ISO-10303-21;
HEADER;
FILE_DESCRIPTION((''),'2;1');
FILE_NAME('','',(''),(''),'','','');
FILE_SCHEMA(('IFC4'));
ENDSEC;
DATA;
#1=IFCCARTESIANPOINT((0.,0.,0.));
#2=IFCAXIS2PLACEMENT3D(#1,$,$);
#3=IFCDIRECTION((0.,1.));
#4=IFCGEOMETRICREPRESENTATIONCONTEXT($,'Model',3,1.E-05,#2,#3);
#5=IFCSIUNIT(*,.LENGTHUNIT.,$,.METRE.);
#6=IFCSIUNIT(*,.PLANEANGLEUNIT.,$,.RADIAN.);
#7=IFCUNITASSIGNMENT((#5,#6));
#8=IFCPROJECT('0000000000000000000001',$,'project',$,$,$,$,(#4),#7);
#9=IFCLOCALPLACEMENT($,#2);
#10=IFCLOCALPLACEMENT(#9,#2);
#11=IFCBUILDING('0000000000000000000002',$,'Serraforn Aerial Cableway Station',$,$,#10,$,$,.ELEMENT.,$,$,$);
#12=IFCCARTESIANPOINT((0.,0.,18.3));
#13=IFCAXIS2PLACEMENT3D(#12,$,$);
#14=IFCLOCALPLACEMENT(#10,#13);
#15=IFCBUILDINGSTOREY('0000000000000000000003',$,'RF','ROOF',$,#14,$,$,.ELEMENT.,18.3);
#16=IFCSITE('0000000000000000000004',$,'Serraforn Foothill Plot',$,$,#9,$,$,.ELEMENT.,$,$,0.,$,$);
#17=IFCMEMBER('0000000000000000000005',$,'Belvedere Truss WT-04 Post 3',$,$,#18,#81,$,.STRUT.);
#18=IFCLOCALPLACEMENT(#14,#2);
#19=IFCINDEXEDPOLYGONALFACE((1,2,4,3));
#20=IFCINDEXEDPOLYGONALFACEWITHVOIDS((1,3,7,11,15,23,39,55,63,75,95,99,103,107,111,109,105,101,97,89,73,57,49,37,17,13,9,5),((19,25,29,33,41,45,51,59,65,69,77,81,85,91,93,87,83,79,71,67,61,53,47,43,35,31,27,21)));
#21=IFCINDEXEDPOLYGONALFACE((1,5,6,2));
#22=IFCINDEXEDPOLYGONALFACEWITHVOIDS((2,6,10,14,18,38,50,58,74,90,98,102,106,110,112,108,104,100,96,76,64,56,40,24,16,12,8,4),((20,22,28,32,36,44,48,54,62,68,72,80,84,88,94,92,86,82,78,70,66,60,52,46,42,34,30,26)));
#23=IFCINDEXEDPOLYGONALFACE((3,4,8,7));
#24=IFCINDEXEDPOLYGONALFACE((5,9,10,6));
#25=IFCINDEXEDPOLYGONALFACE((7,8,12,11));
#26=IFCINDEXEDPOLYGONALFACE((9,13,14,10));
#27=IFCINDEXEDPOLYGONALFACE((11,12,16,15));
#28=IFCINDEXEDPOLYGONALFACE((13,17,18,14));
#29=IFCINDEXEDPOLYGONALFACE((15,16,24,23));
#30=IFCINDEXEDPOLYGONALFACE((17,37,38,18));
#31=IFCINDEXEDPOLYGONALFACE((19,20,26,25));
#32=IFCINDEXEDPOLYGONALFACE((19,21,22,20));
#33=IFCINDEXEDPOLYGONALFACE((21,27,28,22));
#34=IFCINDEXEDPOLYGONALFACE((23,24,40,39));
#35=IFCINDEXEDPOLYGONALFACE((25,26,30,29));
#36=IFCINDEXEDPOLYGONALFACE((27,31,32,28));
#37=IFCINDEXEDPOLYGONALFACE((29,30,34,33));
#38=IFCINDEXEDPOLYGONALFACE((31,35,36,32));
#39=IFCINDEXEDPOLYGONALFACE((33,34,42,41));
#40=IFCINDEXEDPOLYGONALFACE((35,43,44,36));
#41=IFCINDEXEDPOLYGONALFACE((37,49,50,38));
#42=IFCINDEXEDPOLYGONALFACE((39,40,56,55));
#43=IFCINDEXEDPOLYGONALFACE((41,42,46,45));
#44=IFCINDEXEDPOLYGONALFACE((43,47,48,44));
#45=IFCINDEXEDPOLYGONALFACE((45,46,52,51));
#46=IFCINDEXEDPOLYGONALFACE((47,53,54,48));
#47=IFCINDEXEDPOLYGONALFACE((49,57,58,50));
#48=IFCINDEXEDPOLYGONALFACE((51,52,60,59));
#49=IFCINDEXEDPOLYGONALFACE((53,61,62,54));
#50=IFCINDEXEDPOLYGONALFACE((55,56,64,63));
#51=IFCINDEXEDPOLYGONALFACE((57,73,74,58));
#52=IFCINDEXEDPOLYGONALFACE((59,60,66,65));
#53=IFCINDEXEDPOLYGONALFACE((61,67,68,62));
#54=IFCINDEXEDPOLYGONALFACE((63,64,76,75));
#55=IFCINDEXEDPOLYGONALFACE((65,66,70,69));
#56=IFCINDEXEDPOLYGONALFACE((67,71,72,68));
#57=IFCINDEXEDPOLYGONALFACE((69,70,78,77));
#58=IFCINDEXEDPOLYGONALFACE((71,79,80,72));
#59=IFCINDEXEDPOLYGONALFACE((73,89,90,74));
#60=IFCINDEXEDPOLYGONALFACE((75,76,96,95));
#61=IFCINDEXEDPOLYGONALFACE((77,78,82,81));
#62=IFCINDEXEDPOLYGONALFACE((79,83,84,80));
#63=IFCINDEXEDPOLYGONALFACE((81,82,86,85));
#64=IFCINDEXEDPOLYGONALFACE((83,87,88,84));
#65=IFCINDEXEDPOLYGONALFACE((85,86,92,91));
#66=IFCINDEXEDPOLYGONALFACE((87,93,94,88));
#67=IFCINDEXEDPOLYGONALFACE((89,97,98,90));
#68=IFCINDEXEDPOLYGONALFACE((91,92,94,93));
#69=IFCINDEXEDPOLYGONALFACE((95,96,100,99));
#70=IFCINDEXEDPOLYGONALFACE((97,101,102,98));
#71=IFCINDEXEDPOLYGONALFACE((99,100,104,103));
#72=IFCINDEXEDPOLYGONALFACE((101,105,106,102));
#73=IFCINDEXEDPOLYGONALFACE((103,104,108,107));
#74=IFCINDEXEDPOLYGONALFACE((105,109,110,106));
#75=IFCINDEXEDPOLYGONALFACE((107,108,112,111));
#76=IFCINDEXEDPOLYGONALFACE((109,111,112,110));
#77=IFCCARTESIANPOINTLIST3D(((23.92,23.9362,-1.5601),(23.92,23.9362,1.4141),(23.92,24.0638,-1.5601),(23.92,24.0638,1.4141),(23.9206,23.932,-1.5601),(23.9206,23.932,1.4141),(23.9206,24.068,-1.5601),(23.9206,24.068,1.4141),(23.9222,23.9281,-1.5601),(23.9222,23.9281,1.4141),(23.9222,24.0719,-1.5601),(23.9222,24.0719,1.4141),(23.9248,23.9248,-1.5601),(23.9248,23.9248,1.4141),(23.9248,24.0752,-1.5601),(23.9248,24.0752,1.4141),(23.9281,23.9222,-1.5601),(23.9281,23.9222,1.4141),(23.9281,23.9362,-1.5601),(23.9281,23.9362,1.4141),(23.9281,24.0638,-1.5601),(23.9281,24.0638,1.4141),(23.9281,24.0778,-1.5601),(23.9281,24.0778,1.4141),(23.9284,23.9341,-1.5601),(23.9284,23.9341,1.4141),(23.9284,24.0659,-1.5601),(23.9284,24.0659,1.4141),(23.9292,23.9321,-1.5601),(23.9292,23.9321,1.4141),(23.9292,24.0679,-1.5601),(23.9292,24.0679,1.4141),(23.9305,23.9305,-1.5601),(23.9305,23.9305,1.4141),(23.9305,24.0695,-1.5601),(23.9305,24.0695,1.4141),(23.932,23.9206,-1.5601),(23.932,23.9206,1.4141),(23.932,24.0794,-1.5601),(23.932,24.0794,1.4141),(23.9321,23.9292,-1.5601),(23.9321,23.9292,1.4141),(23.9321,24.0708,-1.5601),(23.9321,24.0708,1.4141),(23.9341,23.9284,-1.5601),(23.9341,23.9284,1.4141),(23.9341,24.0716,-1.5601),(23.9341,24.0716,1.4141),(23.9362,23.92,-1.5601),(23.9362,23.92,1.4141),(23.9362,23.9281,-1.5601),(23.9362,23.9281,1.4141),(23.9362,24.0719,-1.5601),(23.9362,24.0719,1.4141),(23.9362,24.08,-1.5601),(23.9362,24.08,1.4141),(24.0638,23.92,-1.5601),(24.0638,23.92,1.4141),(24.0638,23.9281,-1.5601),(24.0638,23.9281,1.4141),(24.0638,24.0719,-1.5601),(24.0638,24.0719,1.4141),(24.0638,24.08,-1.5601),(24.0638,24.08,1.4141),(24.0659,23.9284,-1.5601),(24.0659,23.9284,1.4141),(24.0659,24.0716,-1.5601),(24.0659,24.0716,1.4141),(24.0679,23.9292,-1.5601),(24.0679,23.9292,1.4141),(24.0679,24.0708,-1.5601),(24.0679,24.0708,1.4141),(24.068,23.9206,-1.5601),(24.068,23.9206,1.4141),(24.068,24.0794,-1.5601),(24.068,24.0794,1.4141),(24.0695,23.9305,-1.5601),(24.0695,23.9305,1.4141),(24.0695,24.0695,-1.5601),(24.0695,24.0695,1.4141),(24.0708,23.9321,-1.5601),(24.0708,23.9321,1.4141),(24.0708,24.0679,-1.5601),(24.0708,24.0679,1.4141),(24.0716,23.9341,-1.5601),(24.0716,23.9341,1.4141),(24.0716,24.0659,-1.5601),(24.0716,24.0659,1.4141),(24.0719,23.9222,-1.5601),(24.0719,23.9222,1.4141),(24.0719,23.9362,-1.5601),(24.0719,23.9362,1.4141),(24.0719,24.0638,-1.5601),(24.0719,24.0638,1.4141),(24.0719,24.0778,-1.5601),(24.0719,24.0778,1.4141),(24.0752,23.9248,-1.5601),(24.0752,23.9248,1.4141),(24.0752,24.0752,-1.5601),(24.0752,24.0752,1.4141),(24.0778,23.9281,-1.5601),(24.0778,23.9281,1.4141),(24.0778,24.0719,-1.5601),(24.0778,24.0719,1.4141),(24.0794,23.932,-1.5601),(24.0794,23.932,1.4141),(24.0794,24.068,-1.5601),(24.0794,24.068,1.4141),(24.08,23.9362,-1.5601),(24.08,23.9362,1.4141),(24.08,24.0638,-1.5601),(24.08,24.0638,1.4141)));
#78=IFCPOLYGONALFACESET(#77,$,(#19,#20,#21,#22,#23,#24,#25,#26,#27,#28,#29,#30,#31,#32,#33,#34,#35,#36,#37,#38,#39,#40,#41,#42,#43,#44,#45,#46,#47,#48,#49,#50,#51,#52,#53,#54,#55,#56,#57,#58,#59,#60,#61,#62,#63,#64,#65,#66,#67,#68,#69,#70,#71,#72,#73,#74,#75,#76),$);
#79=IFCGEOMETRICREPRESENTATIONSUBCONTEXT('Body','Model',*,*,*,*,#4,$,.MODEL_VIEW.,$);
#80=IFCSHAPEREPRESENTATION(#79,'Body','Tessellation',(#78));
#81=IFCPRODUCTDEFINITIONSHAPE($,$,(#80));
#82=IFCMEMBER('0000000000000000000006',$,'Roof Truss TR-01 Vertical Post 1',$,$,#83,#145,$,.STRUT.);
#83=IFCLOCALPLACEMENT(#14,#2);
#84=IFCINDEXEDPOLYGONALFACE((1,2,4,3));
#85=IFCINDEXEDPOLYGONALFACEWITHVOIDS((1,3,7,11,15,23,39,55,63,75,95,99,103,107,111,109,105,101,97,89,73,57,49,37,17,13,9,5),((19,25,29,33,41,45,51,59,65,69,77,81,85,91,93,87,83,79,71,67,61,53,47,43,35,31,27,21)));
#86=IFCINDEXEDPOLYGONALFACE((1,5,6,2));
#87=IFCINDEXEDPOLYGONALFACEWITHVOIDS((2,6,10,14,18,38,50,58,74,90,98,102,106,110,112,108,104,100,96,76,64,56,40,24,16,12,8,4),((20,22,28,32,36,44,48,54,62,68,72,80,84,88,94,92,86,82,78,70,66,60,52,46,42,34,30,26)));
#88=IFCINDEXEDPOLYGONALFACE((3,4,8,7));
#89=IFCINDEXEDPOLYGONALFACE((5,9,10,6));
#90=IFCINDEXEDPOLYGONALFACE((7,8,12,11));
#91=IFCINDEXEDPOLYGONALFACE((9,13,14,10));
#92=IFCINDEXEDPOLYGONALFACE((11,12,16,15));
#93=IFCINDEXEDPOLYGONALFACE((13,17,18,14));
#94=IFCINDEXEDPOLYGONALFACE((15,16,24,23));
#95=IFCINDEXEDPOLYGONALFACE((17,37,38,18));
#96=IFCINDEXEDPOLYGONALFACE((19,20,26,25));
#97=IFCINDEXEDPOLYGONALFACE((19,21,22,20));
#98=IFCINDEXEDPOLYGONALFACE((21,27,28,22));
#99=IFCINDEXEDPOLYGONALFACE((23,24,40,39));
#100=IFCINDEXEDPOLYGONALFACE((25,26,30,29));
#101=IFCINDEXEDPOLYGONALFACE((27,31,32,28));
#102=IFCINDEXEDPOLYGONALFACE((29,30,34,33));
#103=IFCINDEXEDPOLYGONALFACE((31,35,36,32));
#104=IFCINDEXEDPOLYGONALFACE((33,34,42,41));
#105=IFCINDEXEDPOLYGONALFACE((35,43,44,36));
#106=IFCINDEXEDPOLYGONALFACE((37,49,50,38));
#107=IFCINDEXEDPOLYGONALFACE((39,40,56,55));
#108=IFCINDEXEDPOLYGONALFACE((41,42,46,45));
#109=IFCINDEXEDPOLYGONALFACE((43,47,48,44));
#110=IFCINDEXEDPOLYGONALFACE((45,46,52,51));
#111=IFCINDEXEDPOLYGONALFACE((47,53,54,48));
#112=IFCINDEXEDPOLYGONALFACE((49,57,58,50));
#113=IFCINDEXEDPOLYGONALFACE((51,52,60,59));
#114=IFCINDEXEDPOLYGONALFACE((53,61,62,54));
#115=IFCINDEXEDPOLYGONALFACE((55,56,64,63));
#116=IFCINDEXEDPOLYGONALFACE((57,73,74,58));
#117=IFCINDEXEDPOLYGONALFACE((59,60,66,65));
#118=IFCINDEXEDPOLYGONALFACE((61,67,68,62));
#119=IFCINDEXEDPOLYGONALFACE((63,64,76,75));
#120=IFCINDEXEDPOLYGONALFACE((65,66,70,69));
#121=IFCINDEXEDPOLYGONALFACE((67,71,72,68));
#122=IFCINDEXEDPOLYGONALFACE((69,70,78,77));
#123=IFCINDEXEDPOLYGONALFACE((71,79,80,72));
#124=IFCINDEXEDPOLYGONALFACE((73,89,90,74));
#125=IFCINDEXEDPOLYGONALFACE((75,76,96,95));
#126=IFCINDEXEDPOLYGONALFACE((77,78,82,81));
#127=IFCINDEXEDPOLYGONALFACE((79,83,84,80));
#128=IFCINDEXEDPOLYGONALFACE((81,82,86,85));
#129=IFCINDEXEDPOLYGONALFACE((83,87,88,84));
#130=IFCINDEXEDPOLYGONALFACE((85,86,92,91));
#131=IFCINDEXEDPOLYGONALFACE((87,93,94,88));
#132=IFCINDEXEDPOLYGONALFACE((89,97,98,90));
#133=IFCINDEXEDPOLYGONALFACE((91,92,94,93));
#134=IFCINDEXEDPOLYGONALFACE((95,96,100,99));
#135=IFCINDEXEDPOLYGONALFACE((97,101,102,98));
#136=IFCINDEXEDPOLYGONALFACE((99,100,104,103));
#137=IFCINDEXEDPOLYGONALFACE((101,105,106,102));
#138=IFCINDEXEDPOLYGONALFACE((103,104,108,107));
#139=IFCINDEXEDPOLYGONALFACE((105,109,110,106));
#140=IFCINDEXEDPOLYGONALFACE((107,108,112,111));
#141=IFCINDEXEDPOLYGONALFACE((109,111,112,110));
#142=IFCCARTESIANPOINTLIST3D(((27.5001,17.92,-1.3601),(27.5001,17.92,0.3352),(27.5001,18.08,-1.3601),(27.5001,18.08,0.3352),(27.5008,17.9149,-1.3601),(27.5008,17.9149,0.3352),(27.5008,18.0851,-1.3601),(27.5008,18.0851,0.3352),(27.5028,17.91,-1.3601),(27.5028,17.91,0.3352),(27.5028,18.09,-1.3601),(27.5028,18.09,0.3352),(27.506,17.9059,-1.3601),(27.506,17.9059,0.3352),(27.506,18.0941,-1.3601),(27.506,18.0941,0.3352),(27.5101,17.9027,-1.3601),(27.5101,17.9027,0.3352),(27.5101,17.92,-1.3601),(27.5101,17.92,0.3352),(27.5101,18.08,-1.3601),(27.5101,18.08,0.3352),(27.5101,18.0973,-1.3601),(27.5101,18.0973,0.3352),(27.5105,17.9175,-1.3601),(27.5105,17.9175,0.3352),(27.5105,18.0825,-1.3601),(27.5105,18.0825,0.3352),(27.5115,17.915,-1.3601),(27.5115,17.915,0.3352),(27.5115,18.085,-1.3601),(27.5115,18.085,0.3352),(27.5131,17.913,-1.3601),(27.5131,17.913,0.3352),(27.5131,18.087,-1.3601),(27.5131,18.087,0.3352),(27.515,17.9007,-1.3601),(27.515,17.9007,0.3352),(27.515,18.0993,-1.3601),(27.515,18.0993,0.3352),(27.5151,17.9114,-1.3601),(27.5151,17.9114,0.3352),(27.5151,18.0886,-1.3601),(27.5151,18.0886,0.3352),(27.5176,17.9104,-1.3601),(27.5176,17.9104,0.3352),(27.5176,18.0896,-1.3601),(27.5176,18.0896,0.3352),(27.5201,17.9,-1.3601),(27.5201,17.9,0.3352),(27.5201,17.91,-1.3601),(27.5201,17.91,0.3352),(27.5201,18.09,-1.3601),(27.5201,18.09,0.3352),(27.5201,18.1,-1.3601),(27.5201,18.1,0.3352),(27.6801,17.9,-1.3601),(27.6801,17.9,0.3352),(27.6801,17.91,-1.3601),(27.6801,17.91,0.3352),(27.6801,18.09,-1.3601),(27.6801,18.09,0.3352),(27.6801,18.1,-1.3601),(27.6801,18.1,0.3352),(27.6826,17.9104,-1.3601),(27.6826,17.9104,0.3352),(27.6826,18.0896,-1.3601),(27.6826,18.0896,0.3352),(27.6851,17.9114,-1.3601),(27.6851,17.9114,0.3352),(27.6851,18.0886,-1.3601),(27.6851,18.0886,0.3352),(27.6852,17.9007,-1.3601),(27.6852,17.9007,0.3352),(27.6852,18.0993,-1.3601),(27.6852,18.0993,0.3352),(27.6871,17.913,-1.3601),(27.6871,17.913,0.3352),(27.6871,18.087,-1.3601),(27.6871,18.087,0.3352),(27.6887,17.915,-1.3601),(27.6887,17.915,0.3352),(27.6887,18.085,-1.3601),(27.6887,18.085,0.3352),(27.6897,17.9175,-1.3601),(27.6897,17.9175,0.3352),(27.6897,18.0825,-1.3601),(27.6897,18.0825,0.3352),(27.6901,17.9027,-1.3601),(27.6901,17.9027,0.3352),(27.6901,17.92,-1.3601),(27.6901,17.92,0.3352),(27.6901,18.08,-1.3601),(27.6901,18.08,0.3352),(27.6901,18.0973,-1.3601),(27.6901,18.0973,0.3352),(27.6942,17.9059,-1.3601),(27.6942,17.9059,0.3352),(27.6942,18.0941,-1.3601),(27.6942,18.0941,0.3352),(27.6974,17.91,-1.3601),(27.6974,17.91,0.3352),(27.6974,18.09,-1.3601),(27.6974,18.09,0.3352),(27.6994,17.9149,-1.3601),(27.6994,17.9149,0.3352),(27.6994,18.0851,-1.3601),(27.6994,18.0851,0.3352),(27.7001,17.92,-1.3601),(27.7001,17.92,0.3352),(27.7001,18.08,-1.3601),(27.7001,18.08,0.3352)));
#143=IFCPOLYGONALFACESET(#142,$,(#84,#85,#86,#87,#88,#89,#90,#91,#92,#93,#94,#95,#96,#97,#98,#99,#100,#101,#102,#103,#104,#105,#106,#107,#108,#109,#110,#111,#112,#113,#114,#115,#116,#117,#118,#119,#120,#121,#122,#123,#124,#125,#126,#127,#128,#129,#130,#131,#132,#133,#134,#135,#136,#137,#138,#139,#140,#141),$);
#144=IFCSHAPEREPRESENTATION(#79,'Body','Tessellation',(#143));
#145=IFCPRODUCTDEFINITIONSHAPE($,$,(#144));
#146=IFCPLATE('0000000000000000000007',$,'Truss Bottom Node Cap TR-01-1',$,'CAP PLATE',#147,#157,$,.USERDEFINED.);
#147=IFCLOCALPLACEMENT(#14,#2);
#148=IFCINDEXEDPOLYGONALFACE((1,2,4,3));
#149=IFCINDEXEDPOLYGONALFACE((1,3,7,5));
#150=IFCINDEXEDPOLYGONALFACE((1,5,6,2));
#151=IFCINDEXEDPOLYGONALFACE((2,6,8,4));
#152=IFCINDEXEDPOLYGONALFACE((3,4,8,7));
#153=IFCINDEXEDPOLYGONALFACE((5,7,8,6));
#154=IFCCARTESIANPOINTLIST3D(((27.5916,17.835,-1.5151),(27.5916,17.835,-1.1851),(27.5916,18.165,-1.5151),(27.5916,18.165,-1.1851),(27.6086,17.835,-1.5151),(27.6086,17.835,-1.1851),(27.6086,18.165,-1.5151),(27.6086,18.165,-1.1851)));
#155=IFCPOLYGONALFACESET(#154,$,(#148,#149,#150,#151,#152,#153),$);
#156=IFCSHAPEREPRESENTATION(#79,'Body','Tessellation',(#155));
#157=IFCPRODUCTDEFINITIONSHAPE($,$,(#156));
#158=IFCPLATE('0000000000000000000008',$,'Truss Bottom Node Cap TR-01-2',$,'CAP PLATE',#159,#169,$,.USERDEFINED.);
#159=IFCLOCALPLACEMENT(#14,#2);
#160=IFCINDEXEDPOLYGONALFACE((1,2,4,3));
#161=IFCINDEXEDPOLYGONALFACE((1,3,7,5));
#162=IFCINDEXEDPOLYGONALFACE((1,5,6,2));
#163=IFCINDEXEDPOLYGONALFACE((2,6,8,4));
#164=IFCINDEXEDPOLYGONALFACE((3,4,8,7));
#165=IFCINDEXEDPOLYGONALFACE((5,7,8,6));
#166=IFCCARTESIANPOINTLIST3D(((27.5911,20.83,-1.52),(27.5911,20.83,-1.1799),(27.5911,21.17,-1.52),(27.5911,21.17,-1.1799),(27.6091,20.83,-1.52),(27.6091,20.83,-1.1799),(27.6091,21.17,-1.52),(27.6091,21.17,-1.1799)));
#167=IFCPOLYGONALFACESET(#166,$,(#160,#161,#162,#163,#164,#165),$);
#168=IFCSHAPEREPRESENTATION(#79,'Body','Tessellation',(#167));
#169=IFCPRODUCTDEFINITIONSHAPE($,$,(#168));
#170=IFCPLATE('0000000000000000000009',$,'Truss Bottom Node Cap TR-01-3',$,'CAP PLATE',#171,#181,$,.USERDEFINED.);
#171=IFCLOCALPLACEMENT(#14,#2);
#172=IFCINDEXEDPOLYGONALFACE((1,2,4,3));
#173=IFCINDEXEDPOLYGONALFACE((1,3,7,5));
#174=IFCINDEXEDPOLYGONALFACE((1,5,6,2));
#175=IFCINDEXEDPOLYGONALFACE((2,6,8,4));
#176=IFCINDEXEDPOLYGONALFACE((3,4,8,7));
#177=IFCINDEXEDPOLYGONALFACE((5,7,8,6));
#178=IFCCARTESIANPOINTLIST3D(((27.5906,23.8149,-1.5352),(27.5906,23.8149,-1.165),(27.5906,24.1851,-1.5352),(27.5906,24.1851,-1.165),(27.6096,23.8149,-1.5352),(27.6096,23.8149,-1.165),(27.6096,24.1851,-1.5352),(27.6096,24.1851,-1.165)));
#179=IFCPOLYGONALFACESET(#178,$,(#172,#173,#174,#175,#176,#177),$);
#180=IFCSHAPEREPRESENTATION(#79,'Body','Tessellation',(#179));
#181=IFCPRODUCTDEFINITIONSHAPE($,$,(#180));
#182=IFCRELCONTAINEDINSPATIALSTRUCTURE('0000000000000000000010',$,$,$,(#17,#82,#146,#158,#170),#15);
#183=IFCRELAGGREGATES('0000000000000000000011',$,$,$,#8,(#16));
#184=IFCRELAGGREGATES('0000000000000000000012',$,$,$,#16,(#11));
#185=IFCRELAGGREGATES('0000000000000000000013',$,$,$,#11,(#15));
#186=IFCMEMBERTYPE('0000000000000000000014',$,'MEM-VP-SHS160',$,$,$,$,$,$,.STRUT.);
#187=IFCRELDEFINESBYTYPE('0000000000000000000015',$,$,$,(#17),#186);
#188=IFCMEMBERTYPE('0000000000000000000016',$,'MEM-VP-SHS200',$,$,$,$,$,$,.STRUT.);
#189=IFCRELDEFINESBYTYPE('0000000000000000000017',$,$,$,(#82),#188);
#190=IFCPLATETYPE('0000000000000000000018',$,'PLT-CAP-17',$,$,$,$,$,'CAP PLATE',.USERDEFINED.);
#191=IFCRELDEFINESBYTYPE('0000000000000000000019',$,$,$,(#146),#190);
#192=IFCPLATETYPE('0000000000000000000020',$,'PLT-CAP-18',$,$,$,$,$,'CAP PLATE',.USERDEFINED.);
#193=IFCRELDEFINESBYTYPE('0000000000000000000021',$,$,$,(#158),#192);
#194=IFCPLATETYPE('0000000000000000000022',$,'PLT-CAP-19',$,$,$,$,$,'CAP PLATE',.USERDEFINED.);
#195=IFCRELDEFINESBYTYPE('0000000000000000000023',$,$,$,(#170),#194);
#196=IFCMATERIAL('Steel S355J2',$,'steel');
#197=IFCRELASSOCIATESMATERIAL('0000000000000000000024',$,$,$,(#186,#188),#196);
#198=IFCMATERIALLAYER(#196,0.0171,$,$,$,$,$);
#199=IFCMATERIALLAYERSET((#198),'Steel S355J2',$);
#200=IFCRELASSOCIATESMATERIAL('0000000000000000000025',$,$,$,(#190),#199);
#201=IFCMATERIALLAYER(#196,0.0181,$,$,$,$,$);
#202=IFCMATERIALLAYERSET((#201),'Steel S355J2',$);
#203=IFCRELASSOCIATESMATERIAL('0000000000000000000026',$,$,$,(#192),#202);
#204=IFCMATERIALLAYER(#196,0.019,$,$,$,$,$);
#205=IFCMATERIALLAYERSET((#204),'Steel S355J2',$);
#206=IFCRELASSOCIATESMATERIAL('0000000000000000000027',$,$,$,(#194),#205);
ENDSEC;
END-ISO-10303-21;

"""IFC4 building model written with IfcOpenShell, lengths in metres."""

from ifc_helpers import new_model, si_unit, direction, frame, origin, origin_2d, place, context, subcontext, project, spatial, rectangle, hollow_rectangle, extrude, material, layer, layer_set, material_profile, profile_set, type_object, element, save


model = new_model("IFC4")

# Units and contexts
model_context = context("Model", 3, precision=1e-05, world=origin(), true_north=direction((0.0, 1.0)))
body_context = subcontext(model_context, "Body", "Model", "MODEL_VIEW")
ifc_project = project(units=[si_unit("LENGTHUNIT", "METRE"), si_unit("PLANEANGLEUNIT", "RADIAN")], contexts=[model_context])

# Site, building, storey
site_placement = place(None, origin())
site = spatial("IfcSite", under=ifc_project, at=site_placement, Name="Serraforn Foothill Plot", CompositionType="ELEMENT", RefElevation=0.0)
building_placement = place(site_placement, origin())
building = spatial("IfcBuilding", under=site, at=building_placement, Name="Serraforn Aerial Cableway Station", CompositionType="ELEMENT")
storey_placement = place(building_placement, frame((0.0, 0.0, 18.3)))
storey = spatial("IfcBuildingStorey", under=building, at=storey_placement, Name="RF", Description="ROOF", CompositionType="ELEMENT", Elevation=18.3)

# Shared definitions
ifc_material = material(Name="Steel S355J2", Category="steel")

# Members
ifc_material_profile_1 = material_profile(ifc_material, hollow_rectangle(XDim=0.1599, YDim=0.1599, WallThickness=0.0081, InnerFilletRadius=0.0081, OuterFilletRadius=0.0161, at=origin_2d()), Name="SHS 160x160x8.0")
ifc_profile_set_1 = profile_set([ifc_material_profile_1], Name="Steel S355J2")
member_type_1 = type_object("IfcMemberType", Name="MEM-VP-SHS160", PredefinedType="STRUT", material=ifc_profile_set_1)
member_1_placement = place(storey_placement, frame((24.0, 24.0, -1.5601), z_axis=(0.0, 0.0, 1.0), x_axis=(1.0, 0.0, 0.0)))
element("IfcMember", 1, at=member_1_placement, inside=storey, type_object=member_type_1, Name="Belvedere Truss WT-04 Post 3", PredefinedType="STRUT", context=body_context, shape_type="SweptSolid", body=[
    extrude(hollow_rectangle(XDim=0.1599, YDim=0.1599, WallThickness=0.0081, InnerFilletRadius=0.0081, OuterFilletRadius=0.0161, at=origin_2d()), origin(), (0.0, 0.0, 1.0), 2.9741),
])
ifc_material_profile_2 = material_profile(ifc_material, hollow_rectangle(XDim=0.2, YDim=0.2, WallThickness=0.01, InnerFilletRadius=0.01, OuterFilletRadius=0.02, at=origin_2d()), Name="SHS 200x200x10.0")
ifc_profile_set_2 = profile_set([ifc_material_profile_2], Name="Steel S355J2")
member_type_2 = type_object("IfcMemberType", Name="MEM-VP-SHS200", PredefinedType="STRUT", material=ifc_profile_set_2)
member_2_placement = place(storey_placement, frame((27.6001, 18.0, -1.3601), z_axis=(0.0, 0.0, 1.0), x_axis=(1.0, 0.0, 0.0)))
element("IfcMember", 2, at=member_2_placement, inside=storey, type_object=member_type_2, Name="Roof Truss TR-01 Vertical Post 1", PredefinedType="STRUT", context=body_context, shape_type="SweptSolid", body=[
    extrude(hollow_rectangle(XDim=0.2, YDim=0.2, WallThickness=0.01, InnerFilletRadius=0.01, OuterFilletRadius=0.02, at=origin_2d()), origin(), (0.0, 0.0, 1.0), 1.6953),
])

# Plates
ifc_layer_1 = layer(ifc_material, 0.0171)
ifc_layer_set_1 = layer_set([ifc_layer_1], Name="Steel S355J2")
plate_type_1 = type_object("IfcPlateType", Name="PLT-CAP-17", ElementType="CAP PLATE", PredefinedType="USERDEFINED", material=ifc_layer_set_1)
plate_1_placement = place(storey_placement, frame((27.6001, 18.0, -1.5151), z_axis=(0.0, 0.0, 1.0), x_axis=(1.0, 0.0, 0.0)))
element("IfcPlate", 3, at=plate_1_placement, inside=storey, type_object=plate_type_1, Name="Truss Bottom Node Cap TR-01-1", ObjectType="CAP PLATE", PredefinedType="USERDEFINED", context=body_context, shape_type="SweptSolid", body=[
    extrude(rectangle(XDim=0.0171, YDim=0.3301, at=origin_2d()), origin(), (0.0, 0.0, 1.0), 0.3301),
])
ifc_layer_2 = layer(ifc_material, 0.0181)
ifc_layer_set_2 = layer_set([ifc_layer_2], Name="Steel S355J2")
plate_type_2 = type_object("IfcPlateType", Name="PLT-CAP-18", ElementType="CAP PLATE", PredefinedType="USERDEFINED", material=ifc_layer_set_2)
plate_2_placement = place(storey_placement, frame((27.6001, 21.0, -1.52), z_axis=(0.0, 0.0, 1.0), x_axis=(1.0, 0.0, 0.0)))
element("IfcPlate", 4, at=plate_2_placement, inside=storey, type_object=plate_type_2, Name="Truss Bottom Node Cap TR-01-2", ObjectType="CAP PLATE", PredefinedType="USERDEFINED", context=body_context, shape_type="SweptSolid", body=[
    extrude(rectangle(XDim=0.0181, YDim=0.3401, at=origin_2d()), origin(), (0.0, 0.0, 1.0), 0.3401),
])
ifc_layer_3 = layer(ifc_material, 0.019)
ifc_layer_set_3 = layer_set([ifc_layer_3], Name="Steel S355J2")
plate_type_3 = type_object("IfcPlateType", Name="PLT-CAP-19", ElementType="CAP PLATE", PredefinedType="USERDEFINED", material=ifc_layer_set_3)
plate_3_placement = place(storey_placement, frame((27.6001, 24.0, -1.5352), z_axis=(0.0, 0.0, 1.0), x_axis=(1.0, 0.0, 0.0)))
element("IfcPlate", 5, at=plate_3_placement, inside=storey, type_object=plate_type_3, Name="Truss Bottom Node Cap TR-01-3", ObjectType="CAP PLATE", PredefinedType="USERDEFINED", context=body_context, shape_type="SweptSolid", body=[
    extrude(rectangle(XDim=0.019, YDim=0.3701, at=origin_2d()), origin(), (0.0, 0.0, 1.0), 0.3701),
])

save(model, "model.ifc")
